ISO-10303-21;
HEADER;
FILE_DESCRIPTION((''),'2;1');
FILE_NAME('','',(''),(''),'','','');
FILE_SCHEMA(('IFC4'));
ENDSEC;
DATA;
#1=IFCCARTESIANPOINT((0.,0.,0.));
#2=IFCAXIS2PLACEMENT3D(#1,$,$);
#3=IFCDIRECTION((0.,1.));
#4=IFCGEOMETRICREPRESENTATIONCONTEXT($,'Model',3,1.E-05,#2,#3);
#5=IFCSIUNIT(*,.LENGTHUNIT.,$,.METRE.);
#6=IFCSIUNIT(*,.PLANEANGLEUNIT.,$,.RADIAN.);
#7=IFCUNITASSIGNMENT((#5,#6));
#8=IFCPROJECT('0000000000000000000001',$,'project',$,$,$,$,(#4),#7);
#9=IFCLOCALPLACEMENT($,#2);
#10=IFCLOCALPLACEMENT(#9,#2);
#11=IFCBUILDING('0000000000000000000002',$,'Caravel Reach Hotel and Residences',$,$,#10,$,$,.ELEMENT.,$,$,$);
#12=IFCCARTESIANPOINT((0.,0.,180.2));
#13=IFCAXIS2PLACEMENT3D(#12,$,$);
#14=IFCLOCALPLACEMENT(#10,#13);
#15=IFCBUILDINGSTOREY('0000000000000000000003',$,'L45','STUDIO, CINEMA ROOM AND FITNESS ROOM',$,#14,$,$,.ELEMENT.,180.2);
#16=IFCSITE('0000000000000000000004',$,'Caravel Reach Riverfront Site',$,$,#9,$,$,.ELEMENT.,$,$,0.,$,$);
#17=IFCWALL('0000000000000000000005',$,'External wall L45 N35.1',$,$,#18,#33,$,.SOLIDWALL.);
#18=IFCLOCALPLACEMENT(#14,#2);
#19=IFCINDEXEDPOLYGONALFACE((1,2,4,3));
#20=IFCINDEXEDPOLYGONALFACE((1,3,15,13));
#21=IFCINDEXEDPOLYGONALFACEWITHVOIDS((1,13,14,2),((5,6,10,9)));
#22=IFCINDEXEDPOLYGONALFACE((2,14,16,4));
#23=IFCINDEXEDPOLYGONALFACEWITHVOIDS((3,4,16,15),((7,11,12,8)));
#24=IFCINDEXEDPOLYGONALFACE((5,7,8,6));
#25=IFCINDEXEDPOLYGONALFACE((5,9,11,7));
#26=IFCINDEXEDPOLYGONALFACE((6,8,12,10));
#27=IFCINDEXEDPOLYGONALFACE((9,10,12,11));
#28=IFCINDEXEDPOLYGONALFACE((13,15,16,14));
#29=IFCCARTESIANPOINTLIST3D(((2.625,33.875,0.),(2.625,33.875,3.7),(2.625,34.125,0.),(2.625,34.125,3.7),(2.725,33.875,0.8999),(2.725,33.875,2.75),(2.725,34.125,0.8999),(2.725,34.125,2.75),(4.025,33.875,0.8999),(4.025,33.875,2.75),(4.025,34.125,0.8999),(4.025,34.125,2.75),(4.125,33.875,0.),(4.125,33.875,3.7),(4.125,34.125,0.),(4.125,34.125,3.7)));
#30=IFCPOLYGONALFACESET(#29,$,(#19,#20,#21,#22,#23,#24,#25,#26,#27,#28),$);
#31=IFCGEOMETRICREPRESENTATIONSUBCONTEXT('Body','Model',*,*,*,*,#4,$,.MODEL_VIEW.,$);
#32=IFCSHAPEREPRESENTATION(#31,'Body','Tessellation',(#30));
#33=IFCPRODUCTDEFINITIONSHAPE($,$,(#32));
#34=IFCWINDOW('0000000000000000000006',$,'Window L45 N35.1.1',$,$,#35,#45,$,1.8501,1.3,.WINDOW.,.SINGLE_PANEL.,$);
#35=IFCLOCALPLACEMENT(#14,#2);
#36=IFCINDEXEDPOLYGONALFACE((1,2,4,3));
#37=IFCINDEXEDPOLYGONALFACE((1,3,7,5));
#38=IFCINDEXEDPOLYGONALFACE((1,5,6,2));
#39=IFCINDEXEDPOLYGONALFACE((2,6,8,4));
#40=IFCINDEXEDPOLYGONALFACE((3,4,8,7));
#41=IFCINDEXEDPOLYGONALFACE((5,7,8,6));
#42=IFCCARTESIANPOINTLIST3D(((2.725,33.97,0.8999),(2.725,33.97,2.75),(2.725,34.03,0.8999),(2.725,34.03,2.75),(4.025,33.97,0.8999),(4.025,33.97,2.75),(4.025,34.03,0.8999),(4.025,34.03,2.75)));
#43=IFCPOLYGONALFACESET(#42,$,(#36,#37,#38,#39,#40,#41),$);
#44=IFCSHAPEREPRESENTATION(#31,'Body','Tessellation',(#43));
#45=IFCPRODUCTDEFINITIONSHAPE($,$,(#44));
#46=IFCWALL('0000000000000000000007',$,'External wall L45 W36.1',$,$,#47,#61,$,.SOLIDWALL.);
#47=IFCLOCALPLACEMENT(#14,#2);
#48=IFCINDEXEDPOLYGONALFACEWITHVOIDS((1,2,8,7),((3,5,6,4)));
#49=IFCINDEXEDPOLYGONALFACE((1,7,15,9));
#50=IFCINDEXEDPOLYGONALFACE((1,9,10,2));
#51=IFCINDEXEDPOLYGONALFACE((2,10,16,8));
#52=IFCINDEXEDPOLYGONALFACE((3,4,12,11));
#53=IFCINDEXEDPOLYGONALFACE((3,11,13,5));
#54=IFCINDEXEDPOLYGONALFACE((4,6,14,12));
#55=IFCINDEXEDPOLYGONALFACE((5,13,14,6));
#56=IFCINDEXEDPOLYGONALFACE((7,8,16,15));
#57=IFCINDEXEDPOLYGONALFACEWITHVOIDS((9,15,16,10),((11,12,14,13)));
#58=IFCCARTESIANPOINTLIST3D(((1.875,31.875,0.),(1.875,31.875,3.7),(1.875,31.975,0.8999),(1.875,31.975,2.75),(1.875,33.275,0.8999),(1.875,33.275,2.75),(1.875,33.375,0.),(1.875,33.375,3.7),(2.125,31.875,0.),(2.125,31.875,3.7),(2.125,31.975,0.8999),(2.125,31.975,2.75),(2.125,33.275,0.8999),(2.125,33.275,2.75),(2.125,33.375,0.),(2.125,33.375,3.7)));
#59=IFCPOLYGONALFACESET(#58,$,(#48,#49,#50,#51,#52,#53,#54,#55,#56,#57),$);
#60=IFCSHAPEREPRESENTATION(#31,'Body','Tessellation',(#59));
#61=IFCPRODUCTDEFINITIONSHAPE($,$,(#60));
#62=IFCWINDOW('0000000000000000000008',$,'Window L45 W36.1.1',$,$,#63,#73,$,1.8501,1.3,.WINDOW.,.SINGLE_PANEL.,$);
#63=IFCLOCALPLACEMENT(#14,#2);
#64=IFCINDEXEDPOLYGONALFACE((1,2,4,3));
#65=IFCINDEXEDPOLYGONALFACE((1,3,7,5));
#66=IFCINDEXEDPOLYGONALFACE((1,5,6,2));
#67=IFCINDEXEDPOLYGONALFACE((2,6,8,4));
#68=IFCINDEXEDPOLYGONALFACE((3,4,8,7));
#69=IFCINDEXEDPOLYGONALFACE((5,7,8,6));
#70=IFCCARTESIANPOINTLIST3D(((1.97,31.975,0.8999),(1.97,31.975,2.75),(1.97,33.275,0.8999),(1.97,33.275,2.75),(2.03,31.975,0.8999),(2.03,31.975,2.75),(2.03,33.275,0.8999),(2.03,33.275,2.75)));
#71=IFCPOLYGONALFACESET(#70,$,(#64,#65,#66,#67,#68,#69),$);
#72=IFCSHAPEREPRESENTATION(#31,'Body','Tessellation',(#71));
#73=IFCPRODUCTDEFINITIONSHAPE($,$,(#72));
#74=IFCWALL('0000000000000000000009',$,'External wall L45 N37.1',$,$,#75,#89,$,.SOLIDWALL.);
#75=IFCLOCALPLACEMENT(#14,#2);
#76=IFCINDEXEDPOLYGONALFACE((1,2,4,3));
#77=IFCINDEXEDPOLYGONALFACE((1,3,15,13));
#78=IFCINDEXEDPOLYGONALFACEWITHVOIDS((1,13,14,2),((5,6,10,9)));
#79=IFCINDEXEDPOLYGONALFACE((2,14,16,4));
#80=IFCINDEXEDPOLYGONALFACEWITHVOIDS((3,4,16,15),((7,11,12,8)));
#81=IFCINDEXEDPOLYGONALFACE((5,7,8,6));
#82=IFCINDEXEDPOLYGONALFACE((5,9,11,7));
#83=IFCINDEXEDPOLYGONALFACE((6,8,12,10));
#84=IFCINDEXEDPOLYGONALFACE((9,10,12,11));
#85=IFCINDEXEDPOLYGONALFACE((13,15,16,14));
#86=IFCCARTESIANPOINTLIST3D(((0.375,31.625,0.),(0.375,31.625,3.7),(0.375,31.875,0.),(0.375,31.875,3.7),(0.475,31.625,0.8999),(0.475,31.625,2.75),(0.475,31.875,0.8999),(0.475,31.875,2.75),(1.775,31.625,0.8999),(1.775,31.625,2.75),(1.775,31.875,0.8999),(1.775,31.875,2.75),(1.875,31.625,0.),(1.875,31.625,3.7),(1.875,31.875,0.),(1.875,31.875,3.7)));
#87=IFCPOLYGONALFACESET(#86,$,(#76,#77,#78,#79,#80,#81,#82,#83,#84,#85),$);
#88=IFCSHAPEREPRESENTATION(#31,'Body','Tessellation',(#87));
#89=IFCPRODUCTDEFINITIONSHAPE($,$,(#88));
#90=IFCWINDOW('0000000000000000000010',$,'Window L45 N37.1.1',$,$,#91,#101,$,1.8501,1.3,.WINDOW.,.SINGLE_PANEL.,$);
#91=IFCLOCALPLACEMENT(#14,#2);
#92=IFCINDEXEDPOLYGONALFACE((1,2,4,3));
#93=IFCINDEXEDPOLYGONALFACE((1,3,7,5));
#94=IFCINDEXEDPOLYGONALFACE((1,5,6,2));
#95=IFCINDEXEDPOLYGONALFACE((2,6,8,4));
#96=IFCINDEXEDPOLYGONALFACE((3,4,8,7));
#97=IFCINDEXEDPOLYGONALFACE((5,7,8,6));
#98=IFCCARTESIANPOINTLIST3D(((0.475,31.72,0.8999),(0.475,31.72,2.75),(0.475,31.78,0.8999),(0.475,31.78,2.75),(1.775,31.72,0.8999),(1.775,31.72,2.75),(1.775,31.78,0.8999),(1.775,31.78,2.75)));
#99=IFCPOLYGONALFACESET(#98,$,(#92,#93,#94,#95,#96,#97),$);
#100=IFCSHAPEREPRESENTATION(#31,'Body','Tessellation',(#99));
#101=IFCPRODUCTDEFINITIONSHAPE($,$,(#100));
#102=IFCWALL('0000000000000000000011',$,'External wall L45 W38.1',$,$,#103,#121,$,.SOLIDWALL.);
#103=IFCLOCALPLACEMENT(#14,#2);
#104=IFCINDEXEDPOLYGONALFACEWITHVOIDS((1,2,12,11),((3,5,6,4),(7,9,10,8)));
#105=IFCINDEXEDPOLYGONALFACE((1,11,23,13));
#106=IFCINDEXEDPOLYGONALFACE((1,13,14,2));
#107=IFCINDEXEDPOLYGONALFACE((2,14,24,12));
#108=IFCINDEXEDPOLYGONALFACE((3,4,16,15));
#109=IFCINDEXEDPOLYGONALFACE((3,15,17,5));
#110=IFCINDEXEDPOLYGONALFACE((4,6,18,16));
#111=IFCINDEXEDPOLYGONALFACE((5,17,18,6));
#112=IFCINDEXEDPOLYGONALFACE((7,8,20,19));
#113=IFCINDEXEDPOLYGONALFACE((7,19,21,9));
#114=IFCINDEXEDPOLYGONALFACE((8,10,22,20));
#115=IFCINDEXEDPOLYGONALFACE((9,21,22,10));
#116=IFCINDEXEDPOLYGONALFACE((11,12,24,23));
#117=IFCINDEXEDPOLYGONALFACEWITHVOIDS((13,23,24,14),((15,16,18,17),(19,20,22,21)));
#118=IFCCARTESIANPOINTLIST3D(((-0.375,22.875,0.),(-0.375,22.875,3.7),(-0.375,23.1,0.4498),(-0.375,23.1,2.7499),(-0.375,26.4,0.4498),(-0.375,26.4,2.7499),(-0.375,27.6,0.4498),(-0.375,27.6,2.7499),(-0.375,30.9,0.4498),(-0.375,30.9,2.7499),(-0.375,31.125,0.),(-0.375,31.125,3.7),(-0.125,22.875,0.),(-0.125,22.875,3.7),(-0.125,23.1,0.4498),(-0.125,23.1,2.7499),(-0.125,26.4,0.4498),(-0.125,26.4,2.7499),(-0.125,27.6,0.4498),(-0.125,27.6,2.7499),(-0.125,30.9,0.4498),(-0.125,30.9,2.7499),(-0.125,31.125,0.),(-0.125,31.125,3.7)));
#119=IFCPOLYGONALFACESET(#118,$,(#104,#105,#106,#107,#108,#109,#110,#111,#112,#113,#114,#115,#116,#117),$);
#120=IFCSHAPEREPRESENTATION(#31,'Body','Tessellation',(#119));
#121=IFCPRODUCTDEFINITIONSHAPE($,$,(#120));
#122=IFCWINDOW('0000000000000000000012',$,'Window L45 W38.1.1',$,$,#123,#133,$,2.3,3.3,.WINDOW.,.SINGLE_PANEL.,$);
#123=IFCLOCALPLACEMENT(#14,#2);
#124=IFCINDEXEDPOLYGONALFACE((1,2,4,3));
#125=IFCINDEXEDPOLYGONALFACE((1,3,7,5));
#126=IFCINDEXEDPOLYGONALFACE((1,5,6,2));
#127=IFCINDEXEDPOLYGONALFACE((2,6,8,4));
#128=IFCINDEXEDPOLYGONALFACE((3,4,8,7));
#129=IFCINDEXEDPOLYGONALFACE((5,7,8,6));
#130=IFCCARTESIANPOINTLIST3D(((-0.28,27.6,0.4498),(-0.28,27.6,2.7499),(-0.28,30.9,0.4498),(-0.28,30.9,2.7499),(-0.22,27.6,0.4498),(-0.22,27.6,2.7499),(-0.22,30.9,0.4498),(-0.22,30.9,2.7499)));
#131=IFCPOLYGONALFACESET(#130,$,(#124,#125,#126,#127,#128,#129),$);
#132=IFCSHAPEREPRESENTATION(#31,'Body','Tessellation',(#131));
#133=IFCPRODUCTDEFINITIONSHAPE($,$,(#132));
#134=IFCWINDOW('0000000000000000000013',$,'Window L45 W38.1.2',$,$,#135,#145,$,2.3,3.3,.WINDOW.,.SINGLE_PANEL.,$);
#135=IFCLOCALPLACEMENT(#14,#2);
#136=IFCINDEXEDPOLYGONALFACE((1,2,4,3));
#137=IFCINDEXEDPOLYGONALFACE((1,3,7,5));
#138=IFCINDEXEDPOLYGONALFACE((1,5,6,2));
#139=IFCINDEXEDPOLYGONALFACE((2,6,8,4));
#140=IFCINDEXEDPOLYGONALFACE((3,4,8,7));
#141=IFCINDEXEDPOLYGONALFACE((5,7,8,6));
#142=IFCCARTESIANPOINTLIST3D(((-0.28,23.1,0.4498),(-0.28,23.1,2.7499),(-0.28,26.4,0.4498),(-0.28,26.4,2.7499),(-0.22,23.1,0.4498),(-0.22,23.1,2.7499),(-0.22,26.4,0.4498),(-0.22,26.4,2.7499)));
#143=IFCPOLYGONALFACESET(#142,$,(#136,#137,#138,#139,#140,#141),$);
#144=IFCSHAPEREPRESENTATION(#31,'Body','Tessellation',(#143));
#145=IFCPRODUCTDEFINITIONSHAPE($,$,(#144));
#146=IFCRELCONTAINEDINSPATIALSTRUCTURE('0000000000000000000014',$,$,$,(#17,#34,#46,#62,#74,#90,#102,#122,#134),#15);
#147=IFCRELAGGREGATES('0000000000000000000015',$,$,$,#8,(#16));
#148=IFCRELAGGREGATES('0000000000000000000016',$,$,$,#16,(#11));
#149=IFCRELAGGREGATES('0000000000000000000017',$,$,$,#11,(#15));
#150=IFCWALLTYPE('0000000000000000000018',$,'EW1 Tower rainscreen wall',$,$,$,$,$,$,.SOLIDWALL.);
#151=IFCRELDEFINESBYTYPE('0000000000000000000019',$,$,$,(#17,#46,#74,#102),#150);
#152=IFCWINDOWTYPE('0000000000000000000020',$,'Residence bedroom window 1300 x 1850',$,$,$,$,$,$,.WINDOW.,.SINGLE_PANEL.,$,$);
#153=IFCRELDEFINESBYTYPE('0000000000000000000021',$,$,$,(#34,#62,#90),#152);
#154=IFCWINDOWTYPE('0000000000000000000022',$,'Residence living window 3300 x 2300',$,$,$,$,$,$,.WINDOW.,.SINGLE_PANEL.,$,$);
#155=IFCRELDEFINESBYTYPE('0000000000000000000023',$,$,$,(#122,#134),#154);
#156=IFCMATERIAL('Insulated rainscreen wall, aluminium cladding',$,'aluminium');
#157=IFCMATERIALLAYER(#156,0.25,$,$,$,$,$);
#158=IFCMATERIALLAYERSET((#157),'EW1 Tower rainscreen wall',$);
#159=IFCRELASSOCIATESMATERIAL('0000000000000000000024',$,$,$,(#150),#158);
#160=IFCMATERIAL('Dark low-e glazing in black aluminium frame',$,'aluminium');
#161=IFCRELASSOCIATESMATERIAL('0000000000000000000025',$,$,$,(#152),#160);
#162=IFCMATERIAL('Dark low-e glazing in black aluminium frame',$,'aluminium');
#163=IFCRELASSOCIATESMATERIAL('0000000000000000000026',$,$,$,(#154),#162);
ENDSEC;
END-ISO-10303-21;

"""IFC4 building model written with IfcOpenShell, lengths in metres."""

from ifc_helpers import new_model, si_unit, direction, frame, frame_2d, origin, place, context, subcontext, project, spatial, rectangle, extrude, material, layer, layer_set, type_object, element, fill, save


model = new_model("IFC4")

# Units and contexts
model_context = context("Model", 3, precision=1e-05, world=origin(), true_north=direction((0.0, 1.0)))
body_context = subcontext(model_context, "Body", "Model", "MODEL_VIEW")
ifc_project = project(units=[si_unit("LENGTHUNIT", "METRE"), si_unit("PLANEANGLEUNIT", "RADIAN")], contexts=[model_context])

# Site, building, storey
site_placement = place(None, origin())
site = spatial("IfcSite", under=ifc_project, at=site_placement, Name="Caravel Reach Riverfront Site", CompositionType="ELEMENT", RefElevation=0.0)
building_placement = place(site_placement, origin())
building = spatial("IfcBuilding", under=site, at=building_placement, Name="Caravel Reach Hotel and Residences", CompositionType="ELEMENT")
storey_placement = place(building_placement, frame((0.0, 0.0, 180.2)))
storey = spatial("IfcBuildingStorey", under=building, at=storey_placement, Name="L45", Description="STUDIO, CINEMA ROOM AND FITNESS ROOM", CompositionType="ELEMENT", Elevation=180.2)

# Walls, openings, windows
ifc_material_1 = material(Name="Insulated rainscreen wall, aluminium cladding", Category="aluminium")
ifc_layer_1 = layer(ifc_material_1, 0.25)
ifc_layer_set_1 = layer_set([ifc_layer_1], Name="EW1 Tower rainscreen wall")
wall_type_1 = type_object("IfcWallType", Name="EW1 Tower rainscreen wall", PredefinedType="SOLIDWALL", material=ifc_layer_set_1)
ifc_material_2 = material(Name="Dark low-e glazing in black aluminium frame", Category="aluminium")
window_type_1 = type_object("IfcWindowType", Name="Residence bedroom window 1300 x 1850", PartitioningType="SINGLE_PANEL", PredefinedType="WINDOW", material=ifc_material_2)
wall_1_placement = place(storey_placement, frame((4.125, 34.0, 0.0), z_axis=(0.0, 0.0, 1.0), x_axis=(-1.0, 0.0, 0.0)))
wall_1 = element("IfcWall", 1, at=wall_1_placement, inside=storey, type_object=wall_type_1, Name="External wall L45 N35.1", PredefinedType="SOLIDWALL", context=body_context, shape_type="SweptSolid", body=[
    extrude(rectangle(XDim=1.5, YDim=0.25, at=frame_2d((0.75, 0.0))), origin(), (0.0, 0.0, 1.0), 3.7),
])
opening_1_placement = place(wall_1_placement, frame((0.1001, 0.0, 0.8999)))
opening_1 = element("IfcOpeningElement", 2, at=opening_1_placement, cuts=wall_1, PredefinedType="OPENING", context=body_context, shape_type="SweptSolid", body=[
    extrude(rectangle(XDim=1.3, YDim=1.8501, at=frame_2d((0.6499, 0.925))), frame((0.0, 0.135, 0.0), z_axis=(0.0, -1.0, 0.0), x_axis=(1.0, 0.0, 0.0)), (0.0, 0.0, 1.0), 0.27),
])
window_1_placement = place(opening_1_placement, origin())
window_1 = element("IfcWindow", 3, at=window_1_placement, inside=storey, type_object=window_type_1, Name="Window L45 N35.1.1", OverallHeight=1.8501, OverallWidth=1.3, PartitioningType="SINGLE_PANEL", PredefinedType="WINDOW", context=body_context, shape_type="SweptSolid", body=[
    extrude(rectangle(XDim=1.3, YDim=1.8501, at=frame_2d((0.6499, 0.925))), frame((0.0, 0.03, 0.0), z_axis=(0.0, -1.0, 0.0), x_axis=(1.0, 0.0, 0.0)), (0.0, 0.0, 1.0), 0.0601),
])
fill(opening_1, window_1)
wall_2_placement = place(storey_placement, frame((2.0, 33.375, 0.0), z_axis=(0.0, 0.0, 1.0), x_axis=(0.0, -1.0, 0.0)))
wall_2 = element("IfcWall", 4, at=wall_2_placement, inside=storey, type_object=wall_type_1, Name="External wall L45 W36.1", PredefinedType="SOLIDWALL", context=body_context, shape_type="SweptSolid", body=[
    extrude(rectangle(XDim=1.5, YDim=0.25, at=frame_2d((0.75, 0.0))), origin(), (0.0, 0.0, 1.0), 3.7),
])
opening_2_placement = place(wall_2_placement, frame((0.1001, 0.0, 0.8999)))
opening_2 = element("IfcOpeningElement", 5, at=opening_2_placement, cuts=wall_2, PredefinedType="OPENING", context=body_context, shape_type="SweptSolid", body=[
    extrude(rectangle(XDim=1.3, YDim=1.8501, at=frame_2d((0.6499, 0.925))), frame((0.0, 0.135, 0.0), z_axis=(0.0, -1.0, 0.0), x_axis=(1.0, 0.0, 0.0)), (0.0, 0.0, 1.0), 0.27),
])
window_2_placement = place(opening_2_placement, origin())
window_2 = element("IfcWindow", 6, at=window_2_placement, inside=storey, type_object=window_type_1, Name="Window L45 W36.1.1", OverallHeight=1.8501, OverallWidth=1.3, PartitioningType="SINGLE_PANEL", PredefinedType="WINDOW", context=body_context, shape_type="SweptSolid", body=[
    extrude(rectangle(XDim=1.3, YDim=1.8501, at=frame_2d((0.6499, 0.925))), frame((0.0, 0.03, 0.0), z_axis=(0.0, -1.0, 0.0), x_axis=(1.0, 0.0, 0.0)), (0.0, 0.0, 1.0), 0.0601),
])
fill(opening_2, window_2)
wall_3_placement = place(storey_placement, frame((1.875, 31.75, 0.0), z_axis=(0.0, 0.0, 1.0), x_axis=(-1.0, 0.0, 0.0)))
wall_3 = element("IfcWall", 7, at=wall_3_placement, inside=storey, type_object=wall_type_1, Name="External wall L45 N37.1", PredefinedType="SOLIDWALL", context=body_context, shape_type="SweptSolid", body=[
    extrude(rectangle(XDim=1.5, YDim=0.25, at=frame_2d((0.75, 0.0))), origin(), (0.0, 0.0, 1.0), 3.7),
])
opening_3_placement = place(wall_3_placement, frame((0.1001, 0.0, 0.8999)))
opening_3 = element("IfcOpeningElement", 8, at=opening_3_placement, cuts=wall_3, PredefinedType="OPENING", context=body_context, shape_type="SweptSolid", body=[
    extrude(rectangle(XDim=1.3, YDim=1.8501, at=frame_2d((0.6499, 0.925))), frame((0.0, 0.135, 0.0), z_axis=(0.0, -1.0, 0.0), x_axis=(1.0, 0.0, 0.0)), (0.0, 0.0, 1.0), 0.27),
])
window_3_placement = place(opening_3_placement, origin())
window_3 = element("IfcWindow", 9, at=window_3_placement, inside=storey, type_object=window_type_1, Name="Window L45 N37.1.1", OverallHeight=1.8501, OverallWidth=1.3, PartitioningType="SINGLE_PANEL", PredefinedType="WINDOW", context=body_context, shape_type="SweptSolid", body=[
    extrude(rectangle(XDim=1.3, YDim=1.8501, at=frame_2d((0.6499, 0.925))), frame((0.0, 0.03, 0.0), z_axis=(0.0, -1.0, 0.0), x_axis=(1.0, 0.0, 0.0)), (0.0, 0.0, 1.0), 0.0601),
])
fill(opening_3, window_3)

# Wall, openings, windows
wall_4_placement = place(storey_placement, frame((-0.25, 31.125, 0.0), z_axis=(0.0, 0.0, 1.0), x_axis=(0.0, -1.0, 0.0)))
wall_4 = element("IfcWall", 10, at=wall_4_placement, inside=storey, type_object=wall_type_1, Name="External wall L45 W38.1", PredefinedType="SOLIDWALL", context=body_context, shape_type="SweptSolid", body=[
    extrude(rectangle(XDim=8.25, YDim=0.25, at=frame_2d((4.125, 0.0))), origin(), (0.0, 0.0, 1.0), 3.7),
])
opening_4_placement = place(wall_4_placement, frame((0.2251, 0.0, 0.45)))
opening_4 = element("IfcOpeningElement", 11, at=opening_4_placement, cuts=wall_4, PredefinedType="OPENING", context=body_context, shape_type="SweptSolid", body=[
    extrude(rectangle(XDim=3.3, YDim=2.3, at=frame_2d((1.6499, 1.1499))), frame((0.0, 0.135, 0.0), z_axis=(0.0, -1.0, 0.0), x_axis=(1.0, 0.0, 0.0)), (0.0, 0.0, 1.0), 0.27),
])
opening_5_placement = place(wall_4_placement, frame((4.7251, 0.0, 0.45)))
opening_5 = element("IfcOpeningElement", 12, at=opening_5_placement, cuts=wall_4, PredefinedType="OPENING", context=body_context, shape_type="SweptSolid", body=[
    extrude(rectangle(XDim=3.3, YDim=2.3, at=frame_2d((1.6499, 1.1499))), frame((0.0, 0.135, 0.0), z_axis=(0.0, -1.0, 0.0), x_axis=(1.0, 0.0, 0.0)), (0.0, 0.0, 1.0), 0.27),
])
ifc_material_3 = material(Name="Dark low-e glazing in black aluminium frame", Category="aluminium")
window_type_2 = type_object("IfcWindowType", Name="Residence living window 3300 x 2300", PartitioningType="SINGLE_PANEL", PredefinedType="WINDOW", material=ifc_material_3)
window_4_placement = place(opening_4_placement, origin())
window_4 = element("IfcWindow", 13, at=window_4_placement, inside=storey, type_object=window_type_2, Name="Window L45 W38.1.1", OverallHeight=2.3, OverallWidth=3.3, PartitioningType="SINGLE_PANEL", PredefinedType="WINDOW", context=body_context, shape_type="SweptSolid", body=[
    extrude(rectangle(XDim=3.3, YDim=2.3, at=frame_2d((1.6499, 1.1499))), frame((0.0, 0.03, 0.0), z_axis=(0.0, -1.0, 0.0), x_axis=(1.0, 0.0, 0.0)), (0.0, 0.0, 1.0), 0.0601),
])
fill(opening_4, window_4)
window_5_placement = place(opening_5_placement, origin())
window_5 = element("IfcWindow", 14, at=window_5_placement, inside=storey, type_object=window_type_2, Name="Window L45 W38.1.2", OverallHeight=2.3, OverallWidth=3.3, PartitioningType="SINGLE_PANEL", PredefinedType="WINDOW", context=body_context, shape_type="SweptSolid", body=[
    extrude(rectangle(XDim=3.3, YDim=2.3, at=frame_2d((1.6499, 1.1499))), frame((0.0, 0.03, 0.0), z_axis=(0.0, -1.0, 0.0), x_axis=(1.0, 0.0, 0.0)), (0.0, 0.0, 1.0), 0.0601),
])
fill(opening_5, window_5)

save(model, "model.ifc")
